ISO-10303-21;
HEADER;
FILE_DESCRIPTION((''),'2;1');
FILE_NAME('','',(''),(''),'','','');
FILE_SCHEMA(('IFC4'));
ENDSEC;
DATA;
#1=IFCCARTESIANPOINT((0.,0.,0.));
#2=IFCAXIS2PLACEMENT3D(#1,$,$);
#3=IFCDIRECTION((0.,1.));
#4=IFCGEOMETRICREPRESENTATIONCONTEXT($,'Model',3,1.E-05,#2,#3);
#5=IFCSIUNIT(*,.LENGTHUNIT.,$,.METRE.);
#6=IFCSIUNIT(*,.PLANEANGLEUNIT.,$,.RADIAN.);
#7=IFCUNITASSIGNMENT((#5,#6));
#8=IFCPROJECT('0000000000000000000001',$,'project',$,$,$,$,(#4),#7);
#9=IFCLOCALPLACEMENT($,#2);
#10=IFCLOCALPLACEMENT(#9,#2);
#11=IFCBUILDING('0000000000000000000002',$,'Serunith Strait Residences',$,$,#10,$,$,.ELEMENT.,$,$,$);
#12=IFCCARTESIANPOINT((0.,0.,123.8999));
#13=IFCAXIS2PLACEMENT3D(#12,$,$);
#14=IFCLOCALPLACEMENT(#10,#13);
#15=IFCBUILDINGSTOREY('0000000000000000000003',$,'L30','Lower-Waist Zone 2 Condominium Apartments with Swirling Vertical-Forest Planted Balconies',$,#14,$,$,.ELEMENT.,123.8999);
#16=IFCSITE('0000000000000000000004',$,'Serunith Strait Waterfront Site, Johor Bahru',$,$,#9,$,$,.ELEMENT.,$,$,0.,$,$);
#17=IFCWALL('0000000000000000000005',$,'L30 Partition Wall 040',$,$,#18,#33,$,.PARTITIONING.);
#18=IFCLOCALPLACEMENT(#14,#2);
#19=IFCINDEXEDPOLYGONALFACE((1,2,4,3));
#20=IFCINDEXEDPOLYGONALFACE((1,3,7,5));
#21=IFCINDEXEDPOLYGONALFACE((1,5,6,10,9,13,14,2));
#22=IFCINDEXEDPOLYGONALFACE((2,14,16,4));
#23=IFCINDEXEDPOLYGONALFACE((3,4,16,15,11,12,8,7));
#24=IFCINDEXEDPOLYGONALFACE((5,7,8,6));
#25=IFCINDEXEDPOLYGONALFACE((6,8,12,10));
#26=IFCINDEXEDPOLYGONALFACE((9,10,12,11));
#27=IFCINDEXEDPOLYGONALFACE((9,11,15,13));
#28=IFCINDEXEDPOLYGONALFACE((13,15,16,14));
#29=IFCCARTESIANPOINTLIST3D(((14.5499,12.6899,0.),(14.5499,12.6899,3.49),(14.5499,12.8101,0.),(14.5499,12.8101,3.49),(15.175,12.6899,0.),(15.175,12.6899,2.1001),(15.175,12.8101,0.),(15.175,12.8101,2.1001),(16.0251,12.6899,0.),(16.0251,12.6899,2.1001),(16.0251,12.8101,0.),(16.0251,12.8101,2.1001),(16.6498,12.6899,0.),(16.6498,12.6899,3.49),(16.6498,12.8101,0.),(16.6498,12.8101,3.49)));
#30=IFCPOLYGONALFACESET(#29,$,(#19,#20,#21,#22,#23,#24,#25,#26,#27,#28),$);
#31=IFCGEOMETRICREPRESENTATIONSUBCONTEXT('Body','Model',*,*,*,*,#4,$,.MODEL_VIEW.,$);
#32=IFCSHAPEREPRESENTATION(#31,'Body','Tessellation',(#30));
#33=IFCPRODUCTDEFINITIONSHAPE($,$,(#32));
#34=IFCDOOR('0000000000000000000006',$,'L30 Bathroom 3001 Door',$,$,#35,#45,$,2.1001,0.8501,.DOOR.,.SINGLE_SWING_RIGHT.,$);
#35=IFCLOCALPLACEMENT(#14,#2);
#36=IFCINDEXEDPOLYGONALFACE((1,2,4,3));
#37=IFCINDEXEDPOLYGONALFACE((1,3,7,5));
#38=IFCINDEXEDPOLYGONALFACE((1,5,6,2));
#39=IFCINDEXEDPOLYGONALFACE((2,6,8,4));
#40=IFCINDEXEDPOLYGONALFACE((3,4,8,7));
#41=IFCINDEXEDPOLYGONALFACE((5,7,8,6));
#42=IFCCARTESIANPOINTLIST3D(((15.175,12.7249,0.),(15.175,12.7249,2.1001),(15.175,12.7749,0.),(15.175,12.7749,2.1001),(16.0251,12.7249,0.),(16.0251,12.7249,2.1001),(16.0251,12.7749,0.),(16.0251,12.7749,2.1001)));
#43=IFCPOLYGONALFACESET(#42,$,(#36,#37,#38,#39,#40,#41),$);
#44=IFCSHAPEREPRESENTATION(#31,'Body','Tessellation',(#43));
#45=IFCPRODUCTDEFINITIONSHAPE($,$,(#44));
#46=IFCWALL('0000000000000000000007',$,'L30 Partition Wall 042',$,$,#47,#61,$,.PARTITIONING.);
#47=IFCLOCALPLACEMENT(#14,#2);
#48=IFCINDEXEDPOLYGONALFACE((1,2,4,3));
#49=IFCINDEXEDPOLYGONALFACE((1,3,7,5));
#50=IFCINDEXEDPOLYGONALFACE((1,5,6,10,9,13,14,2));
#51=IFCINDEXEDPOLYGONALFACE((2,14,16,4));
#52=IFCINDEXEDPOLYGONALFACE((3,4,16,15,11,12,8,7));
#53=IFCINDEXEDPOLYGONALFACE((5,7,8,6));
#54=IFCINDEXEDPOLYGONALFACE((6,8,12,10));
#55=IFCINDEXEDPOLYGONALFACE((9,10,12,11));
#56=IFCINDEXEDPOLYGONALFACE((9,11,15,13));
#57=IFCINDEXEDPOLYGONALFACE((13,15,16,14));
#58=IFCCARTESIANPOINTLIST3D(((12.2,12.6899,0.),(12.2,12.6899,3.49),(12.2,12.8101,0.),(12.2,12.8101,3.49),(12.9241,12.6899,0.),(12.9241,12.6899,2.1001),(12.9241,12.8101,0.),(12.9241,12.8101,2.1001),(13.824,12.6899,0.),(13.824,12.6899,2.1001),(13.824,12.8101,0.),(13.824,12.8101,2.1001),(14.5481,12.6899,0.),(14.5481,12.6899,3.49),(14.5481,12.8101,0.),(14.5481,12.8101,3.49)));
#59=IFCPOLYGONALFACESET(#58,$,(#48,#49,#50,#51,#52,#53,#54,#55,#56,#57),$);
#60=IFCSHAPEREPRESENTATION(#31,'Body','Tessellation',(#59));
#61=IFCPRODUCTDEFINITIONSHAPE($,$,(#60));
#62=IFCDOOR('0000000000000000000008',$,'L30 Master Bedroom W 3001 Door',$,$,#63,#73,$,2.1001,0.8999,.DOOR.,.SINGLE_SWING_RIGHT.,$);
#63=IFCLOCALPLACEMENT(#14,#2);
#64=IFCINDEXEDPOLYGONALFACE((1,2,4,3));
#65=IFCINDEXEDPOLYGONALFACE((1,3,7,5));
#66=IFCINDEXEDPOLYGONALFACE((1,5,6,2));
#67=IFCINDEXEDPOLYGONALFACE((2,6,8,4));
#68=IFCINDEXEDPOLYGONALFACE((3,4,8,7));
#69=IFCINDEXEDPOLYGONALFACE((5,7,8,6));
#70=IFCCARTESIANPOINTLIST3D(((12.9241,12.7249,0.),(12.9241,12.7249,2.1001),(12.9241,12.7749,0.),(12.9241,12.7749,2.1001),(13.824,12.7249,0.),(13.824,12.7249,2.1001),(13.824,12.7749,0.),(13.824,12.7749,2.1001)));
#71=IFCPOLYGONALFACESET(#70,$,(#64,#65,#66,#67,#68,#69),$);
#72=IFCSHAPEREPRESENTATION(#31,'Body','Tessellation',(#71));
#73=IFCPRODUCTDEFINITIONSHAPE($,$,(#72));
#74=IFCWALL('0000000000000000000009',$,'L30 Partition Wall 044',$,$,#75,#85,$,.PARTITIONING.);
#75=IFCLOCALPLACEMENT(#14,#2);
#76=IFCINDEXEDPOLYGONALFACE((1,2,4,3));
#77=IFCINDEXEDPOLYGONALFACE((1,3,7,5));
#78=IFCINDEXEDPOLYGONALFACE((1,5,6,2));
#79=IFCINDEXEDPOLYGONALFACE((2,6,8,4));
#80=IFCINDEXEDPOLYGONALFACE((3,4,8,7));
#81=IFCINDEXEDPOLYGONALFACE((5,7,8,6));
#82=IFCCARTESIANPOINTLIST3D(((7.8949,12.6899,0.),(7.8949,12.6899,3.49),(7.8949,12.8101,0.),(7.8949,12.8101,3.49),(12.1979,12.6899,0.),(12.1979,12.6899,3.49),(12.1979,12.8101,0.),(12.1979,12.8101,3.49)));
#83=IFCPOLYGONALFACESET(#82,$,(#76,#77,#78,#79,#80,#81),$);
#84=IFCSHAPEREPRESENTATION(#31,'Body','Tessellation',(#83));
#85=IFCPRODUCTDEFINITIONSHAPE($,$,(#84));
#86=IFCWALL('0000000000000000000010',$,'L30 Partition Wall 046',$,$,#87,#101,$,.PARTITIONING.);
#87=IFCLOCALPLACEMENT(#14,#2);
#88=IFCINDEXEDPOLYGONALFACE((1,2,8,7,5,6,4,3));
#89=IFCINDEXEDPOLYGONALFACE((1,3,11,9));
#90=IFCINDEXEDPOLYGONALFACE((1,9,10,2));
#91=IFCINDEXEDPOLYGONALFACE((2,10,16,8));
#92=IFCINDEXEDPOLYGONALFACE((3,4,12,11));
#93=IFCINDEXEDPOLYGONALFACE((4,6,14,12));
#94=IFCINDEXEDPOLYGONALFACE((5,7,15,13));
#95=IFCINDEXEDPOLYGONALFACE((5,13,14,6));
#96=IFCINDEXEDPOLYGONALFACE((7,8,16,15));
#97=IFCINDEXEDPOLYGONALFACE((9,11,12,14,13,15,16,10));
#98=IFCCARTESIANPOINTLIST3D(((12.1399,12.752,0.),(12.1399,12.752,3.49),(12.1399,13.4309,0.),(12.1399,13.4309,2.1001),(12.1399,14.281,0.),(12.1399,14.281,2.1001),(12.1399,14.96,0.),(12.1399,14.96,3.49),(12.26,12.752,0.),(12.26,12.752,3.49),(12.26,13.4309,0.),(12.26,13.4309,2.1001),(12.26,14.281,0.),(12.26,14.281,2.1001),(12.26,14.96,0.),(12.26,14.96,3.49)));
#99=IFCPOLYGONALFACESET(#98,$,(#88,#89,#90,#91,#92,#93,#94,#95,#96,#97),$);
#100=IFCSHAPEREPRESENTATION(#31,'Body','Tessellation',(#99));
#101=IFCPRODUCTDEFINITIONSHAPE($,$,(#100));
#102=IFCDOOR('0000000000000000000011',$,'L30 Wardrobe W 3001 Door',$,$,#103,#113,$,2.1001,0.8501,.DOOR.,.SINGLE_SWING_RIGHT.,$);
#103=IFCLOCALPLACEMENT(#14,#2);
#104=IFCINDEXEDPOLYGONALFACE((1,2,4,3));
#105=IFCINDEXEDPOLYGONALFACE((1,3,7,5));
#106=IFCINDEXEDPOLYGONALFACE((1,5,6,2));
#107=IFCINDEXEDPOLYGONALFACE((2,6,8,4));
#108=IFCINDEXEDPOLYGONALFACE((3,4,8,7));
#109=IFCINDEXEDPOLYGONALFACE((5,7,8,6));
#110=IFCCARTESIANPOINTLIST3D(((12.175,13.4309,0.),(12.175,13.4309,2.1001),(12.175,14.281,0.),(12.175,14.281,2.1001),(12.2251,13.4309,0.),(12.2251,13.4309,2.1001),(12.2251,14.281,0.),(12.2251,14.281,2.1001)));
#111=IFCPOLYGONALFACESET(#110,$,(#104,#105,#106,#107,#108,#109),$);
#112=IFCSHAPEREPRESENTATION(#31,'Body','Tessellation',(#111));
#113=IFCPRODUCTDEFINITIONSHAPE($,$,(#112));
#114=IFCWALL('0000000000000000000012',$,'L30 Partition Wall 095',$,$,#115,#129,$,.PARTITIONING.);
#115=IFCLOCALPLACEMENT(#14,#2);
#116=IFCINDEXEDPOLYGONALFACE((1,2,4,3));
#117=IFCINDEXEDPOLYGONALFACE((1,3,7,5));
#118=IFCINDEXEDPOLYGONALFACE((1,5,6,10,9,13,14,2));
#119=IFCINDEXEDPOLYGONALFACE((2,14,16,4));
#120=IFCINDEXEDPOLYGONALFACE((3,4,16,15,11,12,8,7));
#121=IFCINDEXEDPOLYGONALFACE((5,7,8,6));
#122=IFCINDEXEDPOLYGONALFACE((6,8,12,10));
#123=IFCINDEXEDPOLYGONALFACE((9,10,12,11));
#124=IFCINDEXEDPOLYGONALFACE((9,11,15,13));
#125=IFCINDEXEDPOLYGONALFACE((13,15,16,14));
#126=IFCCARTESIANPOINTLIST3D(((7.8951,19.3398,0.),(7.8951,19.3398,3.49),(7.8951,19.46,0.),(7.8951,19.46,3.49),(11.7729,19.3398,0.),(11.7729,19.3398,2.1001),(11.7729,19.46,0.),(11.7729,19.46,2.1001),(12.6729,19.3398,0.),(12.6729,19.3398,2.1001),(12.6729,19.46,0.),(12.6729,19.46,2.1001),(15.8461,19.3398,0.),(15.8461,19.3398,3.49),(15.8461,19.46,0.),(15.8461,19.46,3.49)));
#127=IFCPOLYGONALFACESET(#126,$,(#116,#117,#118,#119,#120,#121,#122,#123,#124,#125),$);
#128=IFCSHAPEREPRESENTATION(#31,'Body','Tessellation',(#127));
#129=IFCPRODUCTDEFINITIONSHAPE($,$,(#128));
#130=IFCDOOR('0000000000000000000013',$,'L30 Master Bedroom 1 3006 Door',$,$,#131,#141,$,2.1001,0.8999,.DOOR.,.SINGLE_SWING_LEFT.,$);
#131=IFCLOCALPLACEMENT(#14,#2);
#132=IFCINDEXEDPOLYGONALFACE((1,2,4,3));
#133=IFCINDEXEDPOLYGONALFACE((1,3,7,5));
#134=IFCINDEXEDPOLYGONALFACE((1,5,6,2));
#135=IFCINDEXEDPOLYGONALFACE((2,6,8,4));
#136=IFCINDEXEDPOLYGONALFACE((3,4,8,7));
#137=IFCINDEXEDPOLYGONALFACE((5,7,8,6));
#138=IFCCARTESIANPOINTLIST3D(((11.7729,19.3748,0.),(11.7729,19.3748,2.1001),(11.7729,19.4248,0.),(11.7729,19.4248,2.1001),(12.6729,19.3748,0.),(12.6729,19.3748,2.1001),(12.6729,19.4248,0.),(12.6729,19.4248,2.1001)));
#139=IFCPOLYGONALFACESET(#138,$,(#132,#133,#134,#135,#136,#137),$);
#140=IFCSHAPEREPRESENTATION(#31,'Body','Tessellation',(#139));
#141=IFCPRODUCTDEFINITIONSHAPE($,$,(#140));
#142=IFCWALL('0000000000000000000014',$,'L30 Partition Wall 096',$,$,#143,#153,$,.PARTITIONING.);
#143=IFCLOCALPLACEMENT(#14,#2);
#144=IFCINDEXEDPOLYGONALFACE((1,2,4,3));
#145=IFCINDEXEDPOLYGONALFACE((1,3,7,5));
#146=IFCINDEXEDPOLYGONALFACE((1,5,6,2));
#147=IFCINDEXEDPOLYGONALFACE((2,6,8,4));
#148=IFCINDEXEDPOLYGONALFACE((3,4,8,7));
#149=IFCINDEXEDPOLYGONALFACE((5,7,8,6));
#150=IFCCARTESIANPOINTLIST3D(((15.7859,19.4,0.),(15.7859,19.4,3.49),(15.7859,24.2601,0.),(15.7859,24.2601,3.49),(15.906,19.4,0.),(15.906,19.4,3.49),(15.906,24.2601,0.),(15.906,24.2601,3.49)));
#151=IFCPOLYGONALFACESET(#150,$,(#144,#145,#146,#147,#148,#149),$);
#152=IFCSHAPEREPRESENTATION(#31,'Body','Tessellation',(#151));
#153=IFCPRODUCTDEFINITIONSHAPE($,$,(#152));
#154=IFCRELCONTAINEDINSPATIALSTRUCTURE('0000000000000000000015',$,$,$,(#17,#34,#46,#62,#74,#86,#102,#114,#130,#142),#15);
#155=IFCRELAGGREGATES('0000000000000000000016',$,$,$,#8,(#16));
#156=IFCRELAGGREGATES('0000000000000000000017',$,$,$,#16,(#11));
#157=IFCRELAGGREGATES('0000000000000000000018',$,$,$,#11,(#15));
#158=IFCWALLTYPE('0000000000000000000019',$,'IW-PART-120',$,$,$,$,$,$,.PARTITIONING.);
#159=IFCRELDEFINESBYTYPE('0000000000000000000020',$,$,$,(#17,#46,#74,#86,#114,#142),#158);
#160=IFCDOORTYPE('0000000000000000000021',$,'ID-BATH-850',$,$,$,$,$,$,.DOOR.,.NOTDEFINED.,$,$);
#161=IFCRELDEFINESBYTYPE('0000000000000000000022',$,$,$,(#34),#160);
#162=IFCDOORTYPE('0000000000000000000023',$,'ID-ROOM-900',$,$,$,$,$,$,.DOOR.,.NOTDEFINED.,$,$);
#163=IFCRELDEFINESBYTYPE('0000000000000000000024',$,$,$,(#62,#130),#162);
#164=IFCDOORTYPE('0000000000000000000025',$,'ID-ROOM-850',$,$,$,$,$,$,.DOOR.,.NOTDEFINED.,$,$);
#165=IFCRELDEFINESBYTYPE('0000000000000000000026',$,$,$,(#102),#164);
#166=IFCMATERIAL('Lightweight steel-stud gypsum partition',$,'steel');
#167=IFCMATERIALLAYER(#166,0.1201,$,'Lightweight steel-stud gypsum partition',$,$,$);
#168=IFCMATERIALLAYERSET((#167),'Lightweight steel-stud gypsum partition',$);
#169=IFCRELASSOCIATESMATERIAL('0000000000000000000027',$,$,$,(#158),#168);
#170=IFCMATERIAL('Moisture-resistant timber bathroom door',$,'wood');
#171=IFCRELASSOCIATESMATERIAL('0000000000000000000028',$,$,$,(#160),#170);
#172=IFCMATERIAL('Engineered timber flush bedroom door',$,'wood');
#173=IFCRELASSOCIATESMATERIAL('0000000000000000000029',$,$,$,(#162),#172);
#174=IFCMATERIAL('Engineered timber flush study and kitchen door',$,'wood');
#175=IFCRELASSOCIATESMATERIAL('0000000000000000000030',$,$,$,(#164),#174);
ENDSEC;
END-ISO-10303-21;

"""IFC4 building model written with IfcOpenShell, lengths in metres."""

from ifc_helpers import new_model, si_unit, direction, frame, frame_2d, origin, place, context, subcontext, project, spatial, rectangle, extrude, source, transform, mapped, material, layer, layer_set, type_object, element, fill, save


model = new_model("IFC4")

# Units and contexts
model_context = context("Model", 3, precision=1e-05, world=origin(), true_north=direction((0.0, 1.0)))
body_context = subcontext(model_context, "Body", "Model", "MODEL_VIEW")
ifc_project = project(units=[si_unit("LENGTHUNIT", "METRE"), si_unit("PLANEANGLEUNIT", "RADIAN")], contexts=[model_context])

# Site, building, storey
site_placement = place(None, origin())
site = spatial("IfcSite", under=ifc_project, at=site_placement, Name="Serunith Strait Waterfront Site, Johor Bahru", CompositionType="ELEMENT", RefElevation=0.0)
building_placement = place(site_placement, origin())
building = spatial("IfcBuilding", under=site, at=building_placement, Name="Serunith Strait Residences", CompositionType="ELEMENT")
storey_placement = place(building_placement, frame((0.0, 0.0, 123.8999)))
storey = spatial("IfcBuildingStorey", under=building, at=storey_placement, Name="L30", Description="Lower-Waist Zone 2 Condominium Apartments with Swirling Vertical-Forest Planted Balconies", CompositionType="ELEMENT", Elevation=123.8999)

# Walls, openings, doors
ifc_material_1 = material(Name="Lightweight steel-stud gypsum partition", Category="steel")
ifc_layer_1 = layer(ifc_material_1, 0.1201, Name="Lightweight steel-stud gypsum partition")
ifc_layer_set_1 = layer_set([ifc_layer_1], Name="Lightweight steel-stud gypsum partition")
wall_type_1 = type_object("IfcWallType", Name="IW-PART-120", PredefinedType="PARTITIONING", material=ifc_layer_set_1)
wall_1_placement = place(storey_placement, frame((14.55, 12.75, 0.0), z_axis=(0.0, 0.0, 1.0), x_axis=(1.0, 0.0, 0.0)))
wall_1 = element("IfcWall", 1, at=wall_1_placement, inside=storey, type_object=wall_type_1, Name="L30 Partition Wall 040", PredefinedType="PARTITIONING", context=body_context, shape_type="SweptSolid", body=[
    extrude(rectangle(XDim=2.0999, YDim=0.1201, at=frame_2d((1.0498, 0.0))), origin(), (0.0, 0.0, 1.0), 3.49),
])
opening_1_placement = place(wall_1_placement, frame((0.625, 0.0, 0.0)))
opening_1 = element("IfcOpeningElement", 2, at=opening_1_placement, cuts=wall_1, PredefinedType="OPENING", context=body_context, shape_type="SweptSolid", body=[
    extrude(rectangle(XDim=0.8501, YDim=2.1001, at=frame_2d((0.425, 1.05))), frame((0.0, 0.0701, 0.0), z_axis=(0.0, -1.0, 0.0), x_axis=(1.0, 0.0, 0.0)), (0.0, 0.0, 1.0), 0.1401),
])
ifc_material_2 = material(Name="Moisture-resistant timber bathroom door", Category="wood")
door_type_1 = type_object("IfcDoorType", Name="ID-BATH-850", OperationType="NOTDEFINED", PredefinedType="DOOR", material=ifc_material_2)
shared_shape_1 = source(origin(), body_context, "Body", "SweptSolid", [
    extrude(rectangle(XDim=0.8501, YDim=2.1001, at=frame_2d((0.425, 1.05))), frame((0.0, 0.0249, 0.0), z_axis=(0.0, -1.0, 0.0), x_axis=(1.0, 0.0, 0.0)), (0.0, 0.0, 1.0), 0.05),
])
door_1_placement = place(opening_1_placement, origin())
door_1 = element("IfcDoor", 3, at=door_1_placement, inside=storey, type_object=door_type_1, Name="L30 Bathroom 3001 Door", OperationType="SINGLE_SWING_RIGHT", OverallHeight=2.1001, OverallWidth=0.8501, PredefinedType="DOOR", context=body_context, shape_type="MappedRepresentation", body=[
    mapped(shared_shape_1, transform((0.0, 0.0, 0.0), scale=1.0)),
])
fill(opening_1, door_1)
wall_2_placement = place(storey_placement, frame((12.2, 12.75, 0.0), z_axis=(0.0, 0.0, 1.0), x_axis=(1.0, 0.0, 0.0)))
wall_2 = element("IfcWall", 4, at=wall_2_placement, inside=storey, type_object=wall_type_1, Name="L30 Partition Wall 042", PredefinedType="PARTITIONING", context=body_context, shape_type="SweptSolid", body=[
    extrude(rectangle(XDim=2.3481, YDim=0.1201, at=frame_2d((1.1741, 0.0))), origin(), (0.0, 0.0, 1.0), 3.49),
])
opening_2_placement = place(wall_2_placement, frame((0.7241, 0.0, 0.0)))
opening_2 = element("IfcOpeningElement", 5, at=opening_2_placement, cuts=wall_2, PredefinedType="OPENING", context=body_context, shape_type="SweptSolid", body=[
    extrude(rectangle(XDim=0.8999, YDim=2.1001, at=frame_2d((0.45, 1.05))), frame((0.0, 0.0701, 0.0), z_axis=(0.0, -1.0, 0.0), x_axis=(1.0, 0.0, 0.0)), (0.0, 0.0, 1.0), 0.1401),
])
ifc_material_3 = material(Name="Engineered timber flush bedroom door", Category="wood")
door_type_2 = type_object("IfcDoorType", Name="ID-ROOM-900", OperationType="NOTDEFINED", PredefinedType="DOOR", material=ifc_material_3)
shared_shape_2 = source(origin(), body_context, "Body", "SweptSolid", [
    extrude(rectangle(XDim=0.8999, YDim=2.1001, at=frame_2d((0.45, 1.05))), frame((0.0, 0.0249, 0.0), z_axis=(0.0, -1.0, 0.0), x_axis=(1.0, 0.0, 0.0)), (0.0, 0.0, 1.0), 0.05),
])
door_2_placement = place(opening_2_placement, origin())
door_2 = element("IfcDoor", 6, at=door_2_placement, inside=storey, type_object=door_type_2, Name="L30 Master Bedroom W 3001 Door", OperationType="SINGLE_SWING_RIGHT", OverallHeight=2.1001, OverallWidth=0.8999, PredefinedType="DOOR", context=body_context, shape_type="MappedRepresentation", body=[
    mapped(shared_shape_2, transform((0.0, 0.0, 0.0), scale=1.0)),
])
fill(opening_2, door_2)

# Wall
wall_3_placement = place(storey_placement, frame((7.895, 12.75, 0.0), z_axis=(0.0, 0.0, 1.0), x_axis=(1.0, 0.0, 0.0)))
element("IfcWall", 7, at=wall_3_placement, inside=storey, type_object=wall_type_1, Name="L30 Partition Wall 044", PredefinedType="PARTITIONING", context=body_context, shape_type="SweptSolid", body=[
    extrude(rectangle(XDim=4.303, YDim=0.1201, at=frame_2d((2.1514, 0.0))), origin(), (0.0, 0.0, 1.0), 3.49),
])

# Walls, openings, doors
wall_4_placement = place(storey_placement, frame((12.2, 12.752, 0.0), z_axis=(0.0, 0.0, 1.0), x_axis=(0.0, 1.0, 0.0)))
wall_4 = element("IfcWall", 8, at=wall_4_placement, inside=storey, type_object=wall_type_1, Name="L30 Partition Wall 046", PredefinedType="PARTITIONING", context=body_context, shape_type="SweptSolid", body=[
    extrude(rectangle(XDim=2.208, YDim=0.1201, at=frame_2d((1.104, 0.0))), origin(), (0.0, 0.0, 1.0), 3.49),
])
opening_3_placement = place(wall_4_placement, frame((0.679, 0.0, 0.0)))
opening_3 = element("IfcOpeningElement", 9, at=opening_3_placement, cuts=wall_4, PredefinedType="OPENING", context=body_context, shape_type="SweptSolid", body=[
    extrude(rectangle(XDim=0.8501, YDim=2.1001, at=frame_2d((0.425, 1.05))), frame((0.0, 0.0701, 0.0), z_axis=(0.0, -1.0, 0.0), x_axis=(1.0, 0.0, 0.0)), (0.0, 0.0, 1.0), 0.1401),
])
ifc_material_4 = material(Name="Engineered timber flush study and kitchen door", Category="wood")
door_type_3 = type_object("IfcDoorType", Name="ID-ROOM-850", OperationType="NOTDEFINED", PredefinedType="DOOR", material=ifc_material_4)
door_3_placement = place(opening_3_placement, origin())
door_3 = element("IfcDoor", 10, at=door_3_placement, inside=storey, type_object=door_type_3, Name="L30 Wardrobe W 3001 Door", OperationType="SINGLE_SWING_RIGHT", OverallHeight=2.1001, OverallWidth=0.8501, PredefinedType="DOOR", context=body_context, shape_type="MappedRepresentation", body=[
    mapped(shared_shape_1, transform((0.0, 0.0, 0.0), scale=1.0)),
])
fill(opening_3, door_3)
wall_5_placement = place(storey_placement, frame((7.895, 19.3999, 0.0), z_axis=(0.0, 0.0, 1.0), x_axis=(1.0, 0.0, 0.0)))
wall_5 = element("IfcWall", 11, at=wall_5_placement, inside=storey, type_object=wall_type_1, Name="L30 Partition Wall 095", PredefinedType="PARTITIONING", context=body_context, shape_type="SweptSolid", body=[
    extrude(rectangle(XDim=7.9509, YDim=0.1201, at=frame_2d((3.9756, 0.0))), origin(), (0.0, 0.0, 1.0), 3.49),
])
opening_4_placement = place(wall_5_placement, frame((3.8779, 0.0, 0.0)))
opening_4 = element("IfcOpeningElement", 12, at=opening_4_placement, cuts=wall_5, PredefinedType="OPENING", context=body_context, shape_type="SweptSolid", body=[
    extrude(rectangle(XDim=0.8999, YDim=2.1001, at=frame_2d((0.45, 1.05))), frame((0.0, 0.0701, 0.0), z_axis=(0.0, -1.0, 0.0), x_axis=(1.0, 0.0, 0.0)), (0.0, 0.0, 1.0), 0.1401),
])
door_4_placement = place(opening_4_placement, origin())
door_4 = element("IfcDoor", 13, at=door_4_placement, inside=storey, type_object=door_type_2, Name="L30 Master Bedroom 1 3006 Door", OperationType="SINGLE_SWING_LEFT", OverallHeight=2.1001, OverallWidth=0.8999, PredefinedType="DOOR", context=body_context, shape_type="MappedRepresentation", body=[
    mapped(shared_shape_2, transform((0.0, 0.0, 0.0), scale=1.0)),
])
fill(opening_4, door_4)

# Wall
wall_6_placement = place(storey_placement, frame((15.8459, 19.3999, 0.0), z_axis=(0.0, 0.0, 1.0), x_axis=(0.0, 1.0, 0.0)))
element("IfcWall", 14, at=wall_6_placement, inside=storey, type_object=wall_type_1, Name="L30 Partition Wall 096", PredefinedType="PARTITIONING", context=body_context, shape_type="SweptSolid", body=[
    extrude(rectangle(XDim=4.8601, YDim=0.1201, at=frame_2d((2.4302, 0.0))), origin(), (0.0, 0.0, 1.0), 3.49),
])

save(model, "model.ifc")
